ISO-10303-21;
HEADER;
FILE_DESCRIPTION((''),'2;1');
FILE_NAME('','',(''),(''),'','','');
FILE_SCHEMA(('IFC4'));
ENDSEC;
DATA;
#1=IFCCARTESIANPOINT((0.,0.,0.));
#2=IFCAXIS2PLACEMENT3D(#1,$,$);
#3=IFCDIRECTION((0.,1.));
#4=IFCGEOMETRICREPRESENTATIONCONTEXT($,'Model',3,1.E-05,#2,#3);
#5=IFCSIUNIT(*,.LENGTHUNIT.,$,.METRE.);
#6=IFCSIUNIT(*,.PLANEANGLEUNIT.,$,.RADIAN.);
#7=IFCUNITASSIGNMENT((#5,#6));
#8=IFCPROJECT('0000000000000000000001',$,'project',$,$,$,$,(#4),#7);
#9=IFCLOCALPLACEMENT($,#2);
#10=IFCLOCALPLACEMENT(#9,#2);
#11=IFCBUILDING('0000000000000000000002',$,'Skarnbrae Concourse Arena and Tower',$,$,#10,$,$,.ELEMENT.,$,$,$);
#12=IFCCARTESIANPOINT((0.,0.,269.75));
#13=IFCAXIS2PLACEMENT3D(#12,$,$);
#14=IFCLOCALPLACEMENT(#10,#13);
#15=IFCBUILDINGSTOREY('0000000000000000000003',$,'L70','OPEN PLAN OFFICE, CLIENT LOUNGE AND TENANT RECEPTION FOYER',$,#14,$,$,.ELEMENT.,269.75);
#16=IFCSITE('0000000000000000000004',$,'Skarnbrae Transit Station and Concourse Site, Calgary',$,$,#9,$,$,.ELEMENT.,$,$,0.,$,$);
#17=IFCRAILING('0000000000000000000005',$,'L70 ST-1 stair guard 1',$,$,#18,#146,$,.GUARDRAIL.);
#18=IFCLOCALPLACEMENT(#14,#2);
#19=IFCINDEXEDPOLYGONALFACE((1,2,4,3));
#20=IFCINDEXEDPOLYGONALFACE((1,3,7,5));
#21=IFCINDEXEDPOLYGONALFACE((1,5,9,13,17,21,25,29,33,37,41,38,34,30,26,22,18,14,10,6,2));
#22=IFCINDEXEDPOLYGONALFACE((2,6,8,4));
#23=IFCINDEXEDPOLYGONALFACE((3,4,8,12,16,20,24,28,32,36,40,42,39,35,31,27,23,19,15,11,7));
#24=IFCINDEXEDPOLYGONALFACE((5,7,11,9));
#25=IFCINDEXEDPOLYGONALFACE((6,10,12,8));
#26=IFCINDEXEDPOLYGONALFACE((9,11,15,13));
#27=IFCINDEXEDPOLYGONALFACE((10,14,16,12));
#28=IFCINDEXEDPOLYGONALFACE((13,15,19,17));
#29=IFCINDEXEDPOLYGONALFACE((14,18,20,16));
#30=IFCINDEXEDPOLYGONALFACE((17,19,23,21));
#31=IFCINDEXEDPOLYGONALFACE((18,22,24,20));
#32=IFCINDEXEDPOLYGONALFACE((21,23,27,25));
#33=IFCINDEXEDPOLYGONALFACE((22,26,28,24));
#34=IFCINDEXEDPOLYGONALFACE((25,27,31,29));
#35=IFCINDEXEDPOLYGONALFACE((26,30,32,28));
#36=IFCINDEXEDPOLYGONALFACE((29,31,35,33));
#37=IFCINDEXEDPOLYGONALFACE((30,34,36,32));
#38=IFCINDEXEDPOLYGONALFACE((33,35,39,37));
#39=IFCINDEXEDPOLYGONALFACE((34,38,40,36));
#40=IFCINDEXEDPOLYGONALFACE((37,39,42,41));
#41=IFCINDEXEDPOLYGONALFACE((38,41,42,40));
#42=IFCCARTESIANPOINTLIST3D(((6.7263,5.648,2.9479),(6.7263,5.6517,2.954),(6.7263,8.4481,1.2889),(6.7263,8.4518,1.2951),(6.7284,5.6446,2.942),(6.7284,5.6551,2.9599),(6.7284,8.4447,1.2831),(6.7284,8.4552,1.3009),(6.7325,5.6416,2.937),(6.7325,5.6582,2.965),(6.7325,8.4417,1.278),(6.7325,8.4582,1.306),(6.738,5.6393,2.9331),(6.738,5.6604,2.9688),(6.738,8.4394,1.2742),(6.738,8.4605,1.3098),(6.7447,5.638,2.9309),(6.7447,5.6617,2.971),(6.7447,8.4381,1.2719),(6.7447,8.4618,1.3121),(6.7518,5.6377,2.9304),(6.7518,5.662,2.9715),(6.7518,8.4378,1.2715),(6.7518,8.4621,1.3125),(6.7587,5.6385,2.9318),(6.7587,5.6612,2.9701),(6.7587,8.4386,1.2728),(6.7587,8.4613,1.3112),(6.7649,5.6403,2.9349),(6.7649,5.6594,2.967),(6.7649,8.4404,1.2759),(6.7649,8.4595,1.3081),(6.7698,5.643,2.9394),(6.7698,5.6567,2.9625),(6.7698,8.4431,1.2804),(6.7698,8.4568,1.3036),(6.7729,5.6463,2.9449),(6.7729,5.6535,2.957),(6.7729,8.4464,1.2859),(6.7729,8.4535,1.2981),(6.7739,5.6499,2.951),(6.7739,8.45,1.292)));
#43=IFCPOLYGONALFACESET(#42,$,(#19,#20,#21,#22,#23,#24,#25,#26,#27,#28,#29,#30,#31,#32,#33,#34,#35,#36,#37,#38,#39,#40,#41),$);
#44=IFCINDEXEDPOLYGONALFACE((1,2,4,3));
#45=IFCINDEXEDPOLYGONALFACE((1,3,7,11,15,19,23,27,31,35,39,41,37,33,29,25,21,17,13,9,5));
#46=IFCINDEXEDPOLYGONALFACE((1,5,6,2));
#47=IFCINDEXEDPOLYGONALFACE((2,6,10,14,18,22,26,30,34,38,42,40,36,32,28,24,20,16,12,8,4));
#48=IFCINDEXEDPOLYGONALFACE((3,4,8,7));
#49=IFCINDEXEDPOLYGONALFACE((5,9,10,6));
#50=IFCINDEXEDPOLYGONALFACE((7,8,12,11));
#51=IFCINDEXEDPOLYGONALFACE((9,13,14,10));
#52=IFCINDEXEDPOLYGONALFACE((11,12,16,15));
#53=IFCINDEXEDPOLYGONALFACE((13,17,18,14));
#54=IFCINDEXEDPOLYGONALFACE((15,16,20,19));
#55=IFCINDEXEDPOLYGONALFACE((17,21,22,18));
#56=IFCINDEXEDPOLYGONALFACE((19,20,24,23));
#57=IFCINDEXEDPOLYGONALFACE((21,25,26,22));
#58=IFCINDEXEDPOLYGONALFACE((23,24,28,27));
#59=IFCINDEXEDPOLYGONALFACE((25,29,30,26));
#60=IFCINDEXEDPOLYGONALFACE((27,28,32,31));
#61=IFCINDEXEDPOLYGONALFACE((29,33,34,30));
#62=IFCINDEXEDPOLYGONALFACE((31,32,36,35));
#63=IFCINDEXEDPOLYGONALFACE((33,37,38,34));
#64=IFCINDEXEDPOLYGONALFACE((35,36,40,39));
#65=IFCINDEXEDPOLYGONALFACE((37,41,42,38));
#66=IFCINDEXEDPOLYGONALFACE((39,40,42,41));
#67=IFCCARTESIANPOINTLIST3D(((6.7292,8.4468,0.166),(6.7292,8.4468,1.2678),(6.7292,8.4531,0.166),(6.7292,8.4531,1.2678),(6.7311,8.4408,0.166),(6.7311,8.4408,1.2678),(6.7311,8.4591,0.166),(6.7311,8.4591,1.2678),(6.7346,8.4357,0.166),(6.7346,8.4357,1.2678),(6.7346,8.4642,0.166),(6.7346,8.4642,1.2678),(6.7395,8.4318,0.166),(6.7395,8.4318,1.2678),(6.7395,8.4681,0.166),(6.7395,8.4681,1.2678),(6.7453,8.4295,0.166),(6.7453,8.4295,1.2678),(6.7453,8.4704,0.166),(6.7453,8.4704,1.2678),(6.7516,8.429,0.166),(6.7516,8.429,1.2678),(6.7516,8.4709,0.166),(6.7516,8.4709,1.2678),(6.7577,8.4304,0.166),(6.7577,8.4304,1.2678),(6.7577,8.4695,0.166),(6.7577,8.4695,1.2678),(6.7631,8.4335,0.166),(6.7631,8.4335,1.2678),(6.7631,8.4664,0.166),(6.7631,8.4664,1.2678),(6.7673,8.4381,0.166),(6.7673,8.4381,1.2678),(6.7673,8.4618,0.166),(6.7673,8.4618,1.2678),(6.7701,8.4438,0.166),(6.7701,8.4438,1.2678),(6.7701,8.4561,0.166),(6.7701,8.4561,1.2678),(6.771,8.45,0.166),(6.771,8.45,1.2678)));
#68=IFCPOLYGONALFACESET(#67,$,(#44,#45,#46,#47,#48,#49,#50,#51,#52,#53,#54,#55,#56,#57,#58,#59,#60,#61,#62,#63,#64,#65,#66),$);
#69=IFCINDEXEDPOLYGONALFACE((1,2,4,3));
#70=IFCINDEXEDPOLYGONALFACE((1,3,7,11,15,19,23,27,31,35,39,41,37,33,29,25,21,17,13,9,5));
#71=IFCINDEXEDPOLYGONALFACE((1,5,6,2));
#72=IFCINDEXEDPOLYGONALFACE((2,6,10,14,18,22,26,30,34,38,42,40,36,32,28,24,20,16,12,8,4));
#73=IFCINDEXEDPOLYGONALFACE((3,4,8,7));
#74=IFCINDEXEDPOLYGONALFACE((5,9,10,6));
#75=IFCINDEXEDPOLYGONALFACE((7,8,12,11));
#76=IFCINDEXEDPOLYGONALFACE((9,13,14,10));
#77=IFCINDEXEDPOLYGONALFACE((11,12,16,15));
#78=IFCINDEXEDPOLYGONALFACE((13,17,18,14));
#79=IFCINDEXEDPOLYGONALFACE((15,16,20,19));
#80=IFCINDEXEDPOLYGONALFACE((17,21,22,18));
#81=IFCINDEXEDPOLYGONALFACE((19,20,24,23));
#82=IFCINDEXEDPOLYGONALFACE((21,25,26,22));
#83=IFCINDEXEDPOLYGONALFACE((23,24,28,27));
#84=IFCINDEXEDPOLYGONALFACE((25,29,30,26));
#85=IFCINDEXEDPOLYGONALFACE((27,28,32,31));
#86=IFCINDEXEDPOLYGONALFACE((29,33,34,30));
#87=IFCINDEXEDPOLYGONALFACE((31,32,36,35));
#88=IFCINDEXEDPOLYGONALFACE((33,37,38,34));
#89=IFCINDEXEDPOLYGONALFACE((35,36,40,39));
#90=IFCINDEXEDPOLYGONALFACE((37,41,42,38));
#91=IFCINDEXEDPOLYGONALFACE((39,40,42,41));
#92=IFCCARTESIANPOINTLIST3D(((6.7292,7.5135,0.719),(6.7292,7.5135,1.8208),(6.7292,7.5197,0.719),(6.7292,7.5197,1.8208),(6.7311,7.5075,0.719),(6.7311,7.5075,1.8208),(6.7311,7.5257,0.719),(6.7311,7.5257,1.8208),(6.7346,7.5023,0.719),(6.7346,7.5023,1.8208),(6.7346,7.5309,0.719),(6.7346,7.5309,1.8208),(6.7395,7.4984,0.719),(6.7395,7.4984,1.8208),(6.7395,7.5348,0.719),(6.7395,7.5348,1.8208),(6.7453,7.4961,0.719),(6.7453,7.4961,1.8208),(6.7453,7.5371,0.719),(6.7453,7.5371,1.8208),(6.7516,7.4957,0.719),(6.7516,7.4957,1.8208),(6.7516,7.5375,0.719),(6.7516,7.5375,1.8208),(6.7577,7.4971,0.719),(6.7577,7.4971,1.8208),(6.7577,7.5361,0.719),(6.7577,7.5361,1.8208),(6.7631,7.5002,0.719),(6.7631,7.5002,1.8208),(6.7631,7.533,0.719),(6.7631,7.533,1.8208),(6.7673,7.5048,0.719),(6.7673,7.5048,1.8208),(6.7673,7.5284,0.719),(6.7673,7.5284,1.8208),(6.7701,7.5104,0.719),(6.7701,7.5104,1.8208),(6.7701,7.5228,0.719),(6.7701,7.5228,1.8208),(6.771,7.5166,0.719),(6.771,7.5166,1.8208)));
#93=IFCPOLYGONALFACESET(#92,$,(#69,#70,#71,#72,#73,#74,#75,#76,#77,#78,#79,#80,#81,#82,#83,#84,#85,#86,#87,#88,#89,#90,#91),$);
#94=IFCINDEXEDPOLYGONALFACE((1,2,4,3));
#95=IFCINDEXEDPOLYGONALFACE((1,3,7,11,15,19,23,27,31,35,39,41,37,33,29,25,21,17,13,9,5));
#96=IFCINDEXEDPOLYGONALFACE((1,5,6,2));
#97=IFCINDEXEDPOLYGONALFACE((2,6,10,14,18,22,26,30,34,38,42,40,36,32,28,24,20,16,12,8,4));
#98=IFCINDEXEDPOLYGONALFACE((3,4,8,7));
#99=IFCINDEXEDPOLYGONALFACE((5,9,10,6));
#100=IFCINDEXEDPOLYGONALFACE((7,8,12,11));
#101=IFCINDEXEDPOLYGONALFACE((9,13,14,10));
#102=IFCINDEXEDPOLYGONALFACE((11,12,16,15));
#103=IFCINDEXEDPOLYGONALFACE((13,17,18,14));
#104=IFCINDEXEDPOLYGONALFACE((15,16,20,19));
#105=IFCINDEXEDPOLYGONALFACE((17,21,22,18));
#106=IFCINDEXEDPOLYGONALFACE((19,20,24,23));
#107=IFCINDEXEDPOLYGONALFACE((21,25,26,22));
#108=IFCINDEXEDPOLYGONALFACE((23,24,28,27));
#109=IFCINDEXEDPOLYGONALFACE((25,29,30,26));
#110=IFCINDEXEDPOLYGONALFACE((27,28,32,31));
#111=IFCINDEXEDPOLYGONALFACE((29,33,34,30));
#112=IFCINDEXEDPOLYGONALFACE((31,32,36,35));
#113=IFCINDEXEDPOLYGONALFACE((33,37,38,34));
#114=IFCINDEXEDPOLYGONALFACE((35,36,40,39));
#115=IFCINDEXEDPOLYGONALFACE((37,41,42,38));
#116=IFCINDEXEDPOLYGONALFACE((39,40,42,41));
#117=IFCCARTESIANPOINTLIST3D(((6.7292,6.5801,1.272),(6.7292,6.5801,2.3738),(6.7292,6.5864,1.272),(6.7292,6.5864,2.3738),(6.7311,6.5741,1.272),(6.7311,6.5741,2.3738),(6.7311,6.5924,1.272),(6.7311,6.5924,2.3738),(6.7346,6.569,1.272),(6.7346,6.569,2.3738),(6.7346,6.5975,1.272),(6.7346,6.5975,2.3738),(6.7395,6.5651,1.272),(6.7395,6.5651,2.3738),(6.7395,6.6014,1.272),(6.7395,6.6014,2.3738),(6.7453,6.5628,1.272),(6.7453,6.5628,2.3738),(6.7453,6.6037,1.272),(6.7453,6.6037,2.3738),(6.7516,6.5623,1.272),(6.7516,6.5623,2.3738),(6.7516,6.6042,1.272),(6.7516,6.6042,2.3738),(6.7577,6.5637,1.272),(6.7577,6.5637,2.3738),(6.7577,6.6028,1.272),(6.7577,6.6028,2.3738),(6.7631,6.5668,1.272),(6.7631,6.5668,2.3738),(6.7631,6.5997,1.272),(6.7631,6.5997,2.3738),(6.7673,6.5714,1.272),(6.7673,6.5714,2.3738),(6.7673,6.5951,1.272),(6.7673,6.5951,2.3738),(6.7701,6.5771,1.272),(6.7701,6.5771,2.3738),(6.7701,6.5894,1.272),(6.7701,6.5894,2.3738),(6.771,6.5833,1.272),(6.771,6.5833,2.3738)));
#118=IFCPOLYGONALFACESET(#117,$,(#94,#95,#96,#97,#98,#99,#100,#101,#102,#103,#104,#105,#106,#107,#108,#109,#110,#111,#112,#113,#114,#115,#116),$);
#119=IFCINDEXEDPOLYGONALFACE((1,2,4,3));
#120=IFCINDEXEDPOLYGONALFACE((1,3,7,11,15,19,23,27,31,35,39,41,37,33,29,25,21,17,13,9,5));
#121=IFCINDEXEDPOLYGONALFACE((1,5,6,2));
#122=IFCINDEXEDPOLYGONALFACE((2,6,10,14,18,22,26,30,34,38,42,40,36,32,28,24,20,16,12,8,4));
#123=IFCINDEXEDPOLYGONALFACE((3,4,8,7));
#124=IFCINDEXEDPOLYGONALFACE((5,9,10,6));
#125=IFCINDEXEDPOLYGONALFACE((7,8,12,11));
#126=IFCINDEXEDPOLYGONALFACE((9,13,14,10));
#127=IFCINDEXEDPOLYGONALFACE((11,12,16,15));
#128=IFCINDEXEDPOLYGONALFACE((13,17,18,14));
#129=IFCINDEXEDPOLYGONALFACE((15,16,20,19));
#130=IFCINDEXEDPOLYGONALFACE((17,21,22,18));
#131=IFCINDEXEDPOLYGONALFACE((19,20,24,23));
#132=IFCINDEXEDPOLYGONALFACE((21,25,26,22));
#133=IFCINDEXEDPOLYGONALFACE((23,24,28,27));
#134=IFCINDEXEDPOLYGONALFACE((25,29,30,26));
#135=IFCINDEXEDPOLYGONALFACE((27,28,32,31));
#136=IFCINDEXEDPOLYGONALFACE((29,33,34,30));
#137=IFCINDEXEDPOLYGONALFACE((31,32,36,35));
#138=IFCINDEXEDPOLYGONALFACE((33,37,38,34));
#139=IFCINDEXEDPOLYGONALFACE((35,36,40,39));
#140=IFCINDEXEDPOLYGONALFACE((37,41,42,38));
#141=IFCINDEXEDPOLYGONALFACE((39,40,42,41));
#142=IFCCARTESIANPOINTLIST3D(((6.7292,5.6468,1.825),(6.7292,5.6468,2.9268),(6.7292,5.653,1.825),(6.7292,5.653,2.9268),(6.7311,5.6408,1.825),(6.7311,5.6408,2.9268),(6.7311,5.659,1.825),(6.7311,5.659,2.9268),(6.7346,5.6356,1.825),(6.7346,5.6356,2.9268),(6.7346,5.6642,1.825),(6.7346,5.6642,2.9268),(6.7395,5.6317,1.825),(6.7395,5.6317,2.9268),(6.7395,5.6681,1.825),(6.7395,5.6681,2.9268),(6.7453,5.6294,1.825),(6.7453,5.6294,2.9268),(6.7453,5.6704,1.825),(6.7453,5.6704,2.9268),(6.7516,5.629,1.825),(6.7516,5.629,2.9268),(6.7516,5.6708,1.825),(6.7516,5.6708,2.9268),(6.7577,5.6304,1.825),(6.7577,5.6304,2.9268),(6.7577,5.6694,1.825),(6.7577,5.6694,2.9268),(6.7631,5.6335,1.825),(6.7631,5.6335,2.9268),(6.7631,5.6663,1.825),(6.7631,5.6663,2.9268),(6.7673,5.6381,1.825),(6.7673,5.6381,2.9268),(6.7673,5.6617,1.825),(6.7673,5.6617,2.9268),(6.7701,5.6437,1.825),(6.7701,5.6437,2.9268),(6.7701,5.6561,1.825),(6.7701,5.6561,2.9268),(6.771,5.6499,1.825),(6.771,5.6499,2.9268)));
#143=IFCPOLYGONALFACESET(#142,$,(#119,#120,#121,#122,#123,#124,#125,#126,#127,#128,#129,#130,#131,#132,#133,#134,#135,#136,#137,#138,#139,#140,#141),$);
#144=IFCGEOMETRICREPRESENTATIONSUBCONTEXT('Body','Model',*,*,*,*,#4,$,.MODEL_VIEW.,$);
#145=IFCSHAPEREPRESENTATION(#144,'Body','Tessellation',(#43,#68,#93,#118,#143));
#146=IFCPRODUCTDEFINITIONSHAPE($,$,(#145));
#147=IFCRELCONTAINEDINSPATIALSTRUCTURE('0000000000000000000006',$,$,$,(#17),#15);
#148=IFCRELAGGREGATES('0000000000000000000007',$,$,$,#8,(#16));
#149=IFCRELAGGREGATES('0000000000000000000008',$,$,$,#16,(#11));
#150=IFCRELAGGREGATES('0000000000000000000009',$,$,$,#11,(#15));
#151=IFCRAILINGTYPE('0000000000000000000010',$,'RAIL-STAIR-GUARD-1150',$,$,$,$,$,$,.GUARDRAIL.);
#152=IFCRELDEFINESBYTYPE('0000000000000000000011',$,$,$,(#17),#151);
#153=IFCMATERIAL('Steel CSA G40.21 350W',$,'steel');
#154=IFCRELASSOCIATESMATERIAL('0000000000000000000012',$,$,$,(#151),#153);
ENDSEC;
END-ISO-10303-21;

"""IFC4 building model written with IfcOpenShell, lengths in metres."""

from ifc_helpers import new_model, si_unit, direction, frame, origin, origin_2d, place, context, subcontext, project, spatial, circle, extrude, material, type_object, element, save


model = new_model("IFC4")

# Units and contexts
model_context = context("Model", 3, precision=1e-05, world=origin(), true_north=direction((0.0, 1.0)))
body_context = subcontext(model_context, "Body", "Model", "MODEL_VIEW")
ifc_project = project(units=[si_unit("LENGTHUNIT", "METRE"), si_unit("PLANEANGLEUNIT", "RADIAN")], contexts=[model_context])

# Site, building, storey
site_placement = place(None, origin())
site = spatial("IfcSite", under=ifc_project, at=site_placement, Name="Skarnbrae Transit Station and Concourse Site, Calgary", CompositionType="ELEMENT", RefElevation=0.0)
building_placement = place(site_placement, origin())
building = spatial("IfcBuilding", under=site, at=building_placement, Name="Skarnbrae Concourse Arena and Tower", CompositionType="ELEMENT")
storey_placement = place(building_placement, frame((0.0, 0.0, 269.75)))
storey = spatial("IfcBuildingStorey", under=building, at=storey_placement, Name="L70", Description="OPEN PLAN OFFICE, CLIENT LOUNGE AND TENANT RECEPTION FOYER", CompositionType="ELEMENT", Elevation=269.75)

# Shared definitions
ifc_material_1 = material(Name="Steel CSA G40.21 350W", Category="steel")

# Railing
railing_type_1 = type_object("IfcRailingType", Name="RAIL-STAIR-GUARD-1150", PredefinedType="GUARDRAIL", material=ifc_material_1)
railing_1_placement = place(storey_placement, frame((6.75, 8.45, 0.166)))
element("IfcRailing", 1, at=railing_1_placement, inside=storey, type_object=railing_type_1, Name="L70 ST-1 stair guard 1", PredefinedType="GUARDRAIL", context=body_context, shape_type="SweptSolid", body=[
    extrude(circle(Radius=0.0239, at=origin_2d()), frame((0.0, 0.0, 1.126), z_axis=(0.0, -0.860339, 0.509722), x_axis=(1.0, 0.0, 0.0)), (0.0, 0.0, 1.0), 3.2546),
    extrude(circle(Radius=0.021, at=origin_2d()), origin(), (0.0, 0.0, 1.0), 1.1018),
    extrude(circle(Radius=0.021, at=origin_2d()), frame((0.0, -0.9333, 0.553)), (0.0, 0.0, 1.0), 1.1018),
    extrude(circle(Radius=0.021, at=origin_2d()), frame((0.0, -1.8667, 1.106)), (0.0, 0.0, 1.0), 1.1018),
    extrude(circle(Radius=0.021, at=origin_2d()), frame((0.0, -2.8, 1.6589)), (0.0, 0.0, 1.0), 1.1018),
])

save(model, "model.ifc")
